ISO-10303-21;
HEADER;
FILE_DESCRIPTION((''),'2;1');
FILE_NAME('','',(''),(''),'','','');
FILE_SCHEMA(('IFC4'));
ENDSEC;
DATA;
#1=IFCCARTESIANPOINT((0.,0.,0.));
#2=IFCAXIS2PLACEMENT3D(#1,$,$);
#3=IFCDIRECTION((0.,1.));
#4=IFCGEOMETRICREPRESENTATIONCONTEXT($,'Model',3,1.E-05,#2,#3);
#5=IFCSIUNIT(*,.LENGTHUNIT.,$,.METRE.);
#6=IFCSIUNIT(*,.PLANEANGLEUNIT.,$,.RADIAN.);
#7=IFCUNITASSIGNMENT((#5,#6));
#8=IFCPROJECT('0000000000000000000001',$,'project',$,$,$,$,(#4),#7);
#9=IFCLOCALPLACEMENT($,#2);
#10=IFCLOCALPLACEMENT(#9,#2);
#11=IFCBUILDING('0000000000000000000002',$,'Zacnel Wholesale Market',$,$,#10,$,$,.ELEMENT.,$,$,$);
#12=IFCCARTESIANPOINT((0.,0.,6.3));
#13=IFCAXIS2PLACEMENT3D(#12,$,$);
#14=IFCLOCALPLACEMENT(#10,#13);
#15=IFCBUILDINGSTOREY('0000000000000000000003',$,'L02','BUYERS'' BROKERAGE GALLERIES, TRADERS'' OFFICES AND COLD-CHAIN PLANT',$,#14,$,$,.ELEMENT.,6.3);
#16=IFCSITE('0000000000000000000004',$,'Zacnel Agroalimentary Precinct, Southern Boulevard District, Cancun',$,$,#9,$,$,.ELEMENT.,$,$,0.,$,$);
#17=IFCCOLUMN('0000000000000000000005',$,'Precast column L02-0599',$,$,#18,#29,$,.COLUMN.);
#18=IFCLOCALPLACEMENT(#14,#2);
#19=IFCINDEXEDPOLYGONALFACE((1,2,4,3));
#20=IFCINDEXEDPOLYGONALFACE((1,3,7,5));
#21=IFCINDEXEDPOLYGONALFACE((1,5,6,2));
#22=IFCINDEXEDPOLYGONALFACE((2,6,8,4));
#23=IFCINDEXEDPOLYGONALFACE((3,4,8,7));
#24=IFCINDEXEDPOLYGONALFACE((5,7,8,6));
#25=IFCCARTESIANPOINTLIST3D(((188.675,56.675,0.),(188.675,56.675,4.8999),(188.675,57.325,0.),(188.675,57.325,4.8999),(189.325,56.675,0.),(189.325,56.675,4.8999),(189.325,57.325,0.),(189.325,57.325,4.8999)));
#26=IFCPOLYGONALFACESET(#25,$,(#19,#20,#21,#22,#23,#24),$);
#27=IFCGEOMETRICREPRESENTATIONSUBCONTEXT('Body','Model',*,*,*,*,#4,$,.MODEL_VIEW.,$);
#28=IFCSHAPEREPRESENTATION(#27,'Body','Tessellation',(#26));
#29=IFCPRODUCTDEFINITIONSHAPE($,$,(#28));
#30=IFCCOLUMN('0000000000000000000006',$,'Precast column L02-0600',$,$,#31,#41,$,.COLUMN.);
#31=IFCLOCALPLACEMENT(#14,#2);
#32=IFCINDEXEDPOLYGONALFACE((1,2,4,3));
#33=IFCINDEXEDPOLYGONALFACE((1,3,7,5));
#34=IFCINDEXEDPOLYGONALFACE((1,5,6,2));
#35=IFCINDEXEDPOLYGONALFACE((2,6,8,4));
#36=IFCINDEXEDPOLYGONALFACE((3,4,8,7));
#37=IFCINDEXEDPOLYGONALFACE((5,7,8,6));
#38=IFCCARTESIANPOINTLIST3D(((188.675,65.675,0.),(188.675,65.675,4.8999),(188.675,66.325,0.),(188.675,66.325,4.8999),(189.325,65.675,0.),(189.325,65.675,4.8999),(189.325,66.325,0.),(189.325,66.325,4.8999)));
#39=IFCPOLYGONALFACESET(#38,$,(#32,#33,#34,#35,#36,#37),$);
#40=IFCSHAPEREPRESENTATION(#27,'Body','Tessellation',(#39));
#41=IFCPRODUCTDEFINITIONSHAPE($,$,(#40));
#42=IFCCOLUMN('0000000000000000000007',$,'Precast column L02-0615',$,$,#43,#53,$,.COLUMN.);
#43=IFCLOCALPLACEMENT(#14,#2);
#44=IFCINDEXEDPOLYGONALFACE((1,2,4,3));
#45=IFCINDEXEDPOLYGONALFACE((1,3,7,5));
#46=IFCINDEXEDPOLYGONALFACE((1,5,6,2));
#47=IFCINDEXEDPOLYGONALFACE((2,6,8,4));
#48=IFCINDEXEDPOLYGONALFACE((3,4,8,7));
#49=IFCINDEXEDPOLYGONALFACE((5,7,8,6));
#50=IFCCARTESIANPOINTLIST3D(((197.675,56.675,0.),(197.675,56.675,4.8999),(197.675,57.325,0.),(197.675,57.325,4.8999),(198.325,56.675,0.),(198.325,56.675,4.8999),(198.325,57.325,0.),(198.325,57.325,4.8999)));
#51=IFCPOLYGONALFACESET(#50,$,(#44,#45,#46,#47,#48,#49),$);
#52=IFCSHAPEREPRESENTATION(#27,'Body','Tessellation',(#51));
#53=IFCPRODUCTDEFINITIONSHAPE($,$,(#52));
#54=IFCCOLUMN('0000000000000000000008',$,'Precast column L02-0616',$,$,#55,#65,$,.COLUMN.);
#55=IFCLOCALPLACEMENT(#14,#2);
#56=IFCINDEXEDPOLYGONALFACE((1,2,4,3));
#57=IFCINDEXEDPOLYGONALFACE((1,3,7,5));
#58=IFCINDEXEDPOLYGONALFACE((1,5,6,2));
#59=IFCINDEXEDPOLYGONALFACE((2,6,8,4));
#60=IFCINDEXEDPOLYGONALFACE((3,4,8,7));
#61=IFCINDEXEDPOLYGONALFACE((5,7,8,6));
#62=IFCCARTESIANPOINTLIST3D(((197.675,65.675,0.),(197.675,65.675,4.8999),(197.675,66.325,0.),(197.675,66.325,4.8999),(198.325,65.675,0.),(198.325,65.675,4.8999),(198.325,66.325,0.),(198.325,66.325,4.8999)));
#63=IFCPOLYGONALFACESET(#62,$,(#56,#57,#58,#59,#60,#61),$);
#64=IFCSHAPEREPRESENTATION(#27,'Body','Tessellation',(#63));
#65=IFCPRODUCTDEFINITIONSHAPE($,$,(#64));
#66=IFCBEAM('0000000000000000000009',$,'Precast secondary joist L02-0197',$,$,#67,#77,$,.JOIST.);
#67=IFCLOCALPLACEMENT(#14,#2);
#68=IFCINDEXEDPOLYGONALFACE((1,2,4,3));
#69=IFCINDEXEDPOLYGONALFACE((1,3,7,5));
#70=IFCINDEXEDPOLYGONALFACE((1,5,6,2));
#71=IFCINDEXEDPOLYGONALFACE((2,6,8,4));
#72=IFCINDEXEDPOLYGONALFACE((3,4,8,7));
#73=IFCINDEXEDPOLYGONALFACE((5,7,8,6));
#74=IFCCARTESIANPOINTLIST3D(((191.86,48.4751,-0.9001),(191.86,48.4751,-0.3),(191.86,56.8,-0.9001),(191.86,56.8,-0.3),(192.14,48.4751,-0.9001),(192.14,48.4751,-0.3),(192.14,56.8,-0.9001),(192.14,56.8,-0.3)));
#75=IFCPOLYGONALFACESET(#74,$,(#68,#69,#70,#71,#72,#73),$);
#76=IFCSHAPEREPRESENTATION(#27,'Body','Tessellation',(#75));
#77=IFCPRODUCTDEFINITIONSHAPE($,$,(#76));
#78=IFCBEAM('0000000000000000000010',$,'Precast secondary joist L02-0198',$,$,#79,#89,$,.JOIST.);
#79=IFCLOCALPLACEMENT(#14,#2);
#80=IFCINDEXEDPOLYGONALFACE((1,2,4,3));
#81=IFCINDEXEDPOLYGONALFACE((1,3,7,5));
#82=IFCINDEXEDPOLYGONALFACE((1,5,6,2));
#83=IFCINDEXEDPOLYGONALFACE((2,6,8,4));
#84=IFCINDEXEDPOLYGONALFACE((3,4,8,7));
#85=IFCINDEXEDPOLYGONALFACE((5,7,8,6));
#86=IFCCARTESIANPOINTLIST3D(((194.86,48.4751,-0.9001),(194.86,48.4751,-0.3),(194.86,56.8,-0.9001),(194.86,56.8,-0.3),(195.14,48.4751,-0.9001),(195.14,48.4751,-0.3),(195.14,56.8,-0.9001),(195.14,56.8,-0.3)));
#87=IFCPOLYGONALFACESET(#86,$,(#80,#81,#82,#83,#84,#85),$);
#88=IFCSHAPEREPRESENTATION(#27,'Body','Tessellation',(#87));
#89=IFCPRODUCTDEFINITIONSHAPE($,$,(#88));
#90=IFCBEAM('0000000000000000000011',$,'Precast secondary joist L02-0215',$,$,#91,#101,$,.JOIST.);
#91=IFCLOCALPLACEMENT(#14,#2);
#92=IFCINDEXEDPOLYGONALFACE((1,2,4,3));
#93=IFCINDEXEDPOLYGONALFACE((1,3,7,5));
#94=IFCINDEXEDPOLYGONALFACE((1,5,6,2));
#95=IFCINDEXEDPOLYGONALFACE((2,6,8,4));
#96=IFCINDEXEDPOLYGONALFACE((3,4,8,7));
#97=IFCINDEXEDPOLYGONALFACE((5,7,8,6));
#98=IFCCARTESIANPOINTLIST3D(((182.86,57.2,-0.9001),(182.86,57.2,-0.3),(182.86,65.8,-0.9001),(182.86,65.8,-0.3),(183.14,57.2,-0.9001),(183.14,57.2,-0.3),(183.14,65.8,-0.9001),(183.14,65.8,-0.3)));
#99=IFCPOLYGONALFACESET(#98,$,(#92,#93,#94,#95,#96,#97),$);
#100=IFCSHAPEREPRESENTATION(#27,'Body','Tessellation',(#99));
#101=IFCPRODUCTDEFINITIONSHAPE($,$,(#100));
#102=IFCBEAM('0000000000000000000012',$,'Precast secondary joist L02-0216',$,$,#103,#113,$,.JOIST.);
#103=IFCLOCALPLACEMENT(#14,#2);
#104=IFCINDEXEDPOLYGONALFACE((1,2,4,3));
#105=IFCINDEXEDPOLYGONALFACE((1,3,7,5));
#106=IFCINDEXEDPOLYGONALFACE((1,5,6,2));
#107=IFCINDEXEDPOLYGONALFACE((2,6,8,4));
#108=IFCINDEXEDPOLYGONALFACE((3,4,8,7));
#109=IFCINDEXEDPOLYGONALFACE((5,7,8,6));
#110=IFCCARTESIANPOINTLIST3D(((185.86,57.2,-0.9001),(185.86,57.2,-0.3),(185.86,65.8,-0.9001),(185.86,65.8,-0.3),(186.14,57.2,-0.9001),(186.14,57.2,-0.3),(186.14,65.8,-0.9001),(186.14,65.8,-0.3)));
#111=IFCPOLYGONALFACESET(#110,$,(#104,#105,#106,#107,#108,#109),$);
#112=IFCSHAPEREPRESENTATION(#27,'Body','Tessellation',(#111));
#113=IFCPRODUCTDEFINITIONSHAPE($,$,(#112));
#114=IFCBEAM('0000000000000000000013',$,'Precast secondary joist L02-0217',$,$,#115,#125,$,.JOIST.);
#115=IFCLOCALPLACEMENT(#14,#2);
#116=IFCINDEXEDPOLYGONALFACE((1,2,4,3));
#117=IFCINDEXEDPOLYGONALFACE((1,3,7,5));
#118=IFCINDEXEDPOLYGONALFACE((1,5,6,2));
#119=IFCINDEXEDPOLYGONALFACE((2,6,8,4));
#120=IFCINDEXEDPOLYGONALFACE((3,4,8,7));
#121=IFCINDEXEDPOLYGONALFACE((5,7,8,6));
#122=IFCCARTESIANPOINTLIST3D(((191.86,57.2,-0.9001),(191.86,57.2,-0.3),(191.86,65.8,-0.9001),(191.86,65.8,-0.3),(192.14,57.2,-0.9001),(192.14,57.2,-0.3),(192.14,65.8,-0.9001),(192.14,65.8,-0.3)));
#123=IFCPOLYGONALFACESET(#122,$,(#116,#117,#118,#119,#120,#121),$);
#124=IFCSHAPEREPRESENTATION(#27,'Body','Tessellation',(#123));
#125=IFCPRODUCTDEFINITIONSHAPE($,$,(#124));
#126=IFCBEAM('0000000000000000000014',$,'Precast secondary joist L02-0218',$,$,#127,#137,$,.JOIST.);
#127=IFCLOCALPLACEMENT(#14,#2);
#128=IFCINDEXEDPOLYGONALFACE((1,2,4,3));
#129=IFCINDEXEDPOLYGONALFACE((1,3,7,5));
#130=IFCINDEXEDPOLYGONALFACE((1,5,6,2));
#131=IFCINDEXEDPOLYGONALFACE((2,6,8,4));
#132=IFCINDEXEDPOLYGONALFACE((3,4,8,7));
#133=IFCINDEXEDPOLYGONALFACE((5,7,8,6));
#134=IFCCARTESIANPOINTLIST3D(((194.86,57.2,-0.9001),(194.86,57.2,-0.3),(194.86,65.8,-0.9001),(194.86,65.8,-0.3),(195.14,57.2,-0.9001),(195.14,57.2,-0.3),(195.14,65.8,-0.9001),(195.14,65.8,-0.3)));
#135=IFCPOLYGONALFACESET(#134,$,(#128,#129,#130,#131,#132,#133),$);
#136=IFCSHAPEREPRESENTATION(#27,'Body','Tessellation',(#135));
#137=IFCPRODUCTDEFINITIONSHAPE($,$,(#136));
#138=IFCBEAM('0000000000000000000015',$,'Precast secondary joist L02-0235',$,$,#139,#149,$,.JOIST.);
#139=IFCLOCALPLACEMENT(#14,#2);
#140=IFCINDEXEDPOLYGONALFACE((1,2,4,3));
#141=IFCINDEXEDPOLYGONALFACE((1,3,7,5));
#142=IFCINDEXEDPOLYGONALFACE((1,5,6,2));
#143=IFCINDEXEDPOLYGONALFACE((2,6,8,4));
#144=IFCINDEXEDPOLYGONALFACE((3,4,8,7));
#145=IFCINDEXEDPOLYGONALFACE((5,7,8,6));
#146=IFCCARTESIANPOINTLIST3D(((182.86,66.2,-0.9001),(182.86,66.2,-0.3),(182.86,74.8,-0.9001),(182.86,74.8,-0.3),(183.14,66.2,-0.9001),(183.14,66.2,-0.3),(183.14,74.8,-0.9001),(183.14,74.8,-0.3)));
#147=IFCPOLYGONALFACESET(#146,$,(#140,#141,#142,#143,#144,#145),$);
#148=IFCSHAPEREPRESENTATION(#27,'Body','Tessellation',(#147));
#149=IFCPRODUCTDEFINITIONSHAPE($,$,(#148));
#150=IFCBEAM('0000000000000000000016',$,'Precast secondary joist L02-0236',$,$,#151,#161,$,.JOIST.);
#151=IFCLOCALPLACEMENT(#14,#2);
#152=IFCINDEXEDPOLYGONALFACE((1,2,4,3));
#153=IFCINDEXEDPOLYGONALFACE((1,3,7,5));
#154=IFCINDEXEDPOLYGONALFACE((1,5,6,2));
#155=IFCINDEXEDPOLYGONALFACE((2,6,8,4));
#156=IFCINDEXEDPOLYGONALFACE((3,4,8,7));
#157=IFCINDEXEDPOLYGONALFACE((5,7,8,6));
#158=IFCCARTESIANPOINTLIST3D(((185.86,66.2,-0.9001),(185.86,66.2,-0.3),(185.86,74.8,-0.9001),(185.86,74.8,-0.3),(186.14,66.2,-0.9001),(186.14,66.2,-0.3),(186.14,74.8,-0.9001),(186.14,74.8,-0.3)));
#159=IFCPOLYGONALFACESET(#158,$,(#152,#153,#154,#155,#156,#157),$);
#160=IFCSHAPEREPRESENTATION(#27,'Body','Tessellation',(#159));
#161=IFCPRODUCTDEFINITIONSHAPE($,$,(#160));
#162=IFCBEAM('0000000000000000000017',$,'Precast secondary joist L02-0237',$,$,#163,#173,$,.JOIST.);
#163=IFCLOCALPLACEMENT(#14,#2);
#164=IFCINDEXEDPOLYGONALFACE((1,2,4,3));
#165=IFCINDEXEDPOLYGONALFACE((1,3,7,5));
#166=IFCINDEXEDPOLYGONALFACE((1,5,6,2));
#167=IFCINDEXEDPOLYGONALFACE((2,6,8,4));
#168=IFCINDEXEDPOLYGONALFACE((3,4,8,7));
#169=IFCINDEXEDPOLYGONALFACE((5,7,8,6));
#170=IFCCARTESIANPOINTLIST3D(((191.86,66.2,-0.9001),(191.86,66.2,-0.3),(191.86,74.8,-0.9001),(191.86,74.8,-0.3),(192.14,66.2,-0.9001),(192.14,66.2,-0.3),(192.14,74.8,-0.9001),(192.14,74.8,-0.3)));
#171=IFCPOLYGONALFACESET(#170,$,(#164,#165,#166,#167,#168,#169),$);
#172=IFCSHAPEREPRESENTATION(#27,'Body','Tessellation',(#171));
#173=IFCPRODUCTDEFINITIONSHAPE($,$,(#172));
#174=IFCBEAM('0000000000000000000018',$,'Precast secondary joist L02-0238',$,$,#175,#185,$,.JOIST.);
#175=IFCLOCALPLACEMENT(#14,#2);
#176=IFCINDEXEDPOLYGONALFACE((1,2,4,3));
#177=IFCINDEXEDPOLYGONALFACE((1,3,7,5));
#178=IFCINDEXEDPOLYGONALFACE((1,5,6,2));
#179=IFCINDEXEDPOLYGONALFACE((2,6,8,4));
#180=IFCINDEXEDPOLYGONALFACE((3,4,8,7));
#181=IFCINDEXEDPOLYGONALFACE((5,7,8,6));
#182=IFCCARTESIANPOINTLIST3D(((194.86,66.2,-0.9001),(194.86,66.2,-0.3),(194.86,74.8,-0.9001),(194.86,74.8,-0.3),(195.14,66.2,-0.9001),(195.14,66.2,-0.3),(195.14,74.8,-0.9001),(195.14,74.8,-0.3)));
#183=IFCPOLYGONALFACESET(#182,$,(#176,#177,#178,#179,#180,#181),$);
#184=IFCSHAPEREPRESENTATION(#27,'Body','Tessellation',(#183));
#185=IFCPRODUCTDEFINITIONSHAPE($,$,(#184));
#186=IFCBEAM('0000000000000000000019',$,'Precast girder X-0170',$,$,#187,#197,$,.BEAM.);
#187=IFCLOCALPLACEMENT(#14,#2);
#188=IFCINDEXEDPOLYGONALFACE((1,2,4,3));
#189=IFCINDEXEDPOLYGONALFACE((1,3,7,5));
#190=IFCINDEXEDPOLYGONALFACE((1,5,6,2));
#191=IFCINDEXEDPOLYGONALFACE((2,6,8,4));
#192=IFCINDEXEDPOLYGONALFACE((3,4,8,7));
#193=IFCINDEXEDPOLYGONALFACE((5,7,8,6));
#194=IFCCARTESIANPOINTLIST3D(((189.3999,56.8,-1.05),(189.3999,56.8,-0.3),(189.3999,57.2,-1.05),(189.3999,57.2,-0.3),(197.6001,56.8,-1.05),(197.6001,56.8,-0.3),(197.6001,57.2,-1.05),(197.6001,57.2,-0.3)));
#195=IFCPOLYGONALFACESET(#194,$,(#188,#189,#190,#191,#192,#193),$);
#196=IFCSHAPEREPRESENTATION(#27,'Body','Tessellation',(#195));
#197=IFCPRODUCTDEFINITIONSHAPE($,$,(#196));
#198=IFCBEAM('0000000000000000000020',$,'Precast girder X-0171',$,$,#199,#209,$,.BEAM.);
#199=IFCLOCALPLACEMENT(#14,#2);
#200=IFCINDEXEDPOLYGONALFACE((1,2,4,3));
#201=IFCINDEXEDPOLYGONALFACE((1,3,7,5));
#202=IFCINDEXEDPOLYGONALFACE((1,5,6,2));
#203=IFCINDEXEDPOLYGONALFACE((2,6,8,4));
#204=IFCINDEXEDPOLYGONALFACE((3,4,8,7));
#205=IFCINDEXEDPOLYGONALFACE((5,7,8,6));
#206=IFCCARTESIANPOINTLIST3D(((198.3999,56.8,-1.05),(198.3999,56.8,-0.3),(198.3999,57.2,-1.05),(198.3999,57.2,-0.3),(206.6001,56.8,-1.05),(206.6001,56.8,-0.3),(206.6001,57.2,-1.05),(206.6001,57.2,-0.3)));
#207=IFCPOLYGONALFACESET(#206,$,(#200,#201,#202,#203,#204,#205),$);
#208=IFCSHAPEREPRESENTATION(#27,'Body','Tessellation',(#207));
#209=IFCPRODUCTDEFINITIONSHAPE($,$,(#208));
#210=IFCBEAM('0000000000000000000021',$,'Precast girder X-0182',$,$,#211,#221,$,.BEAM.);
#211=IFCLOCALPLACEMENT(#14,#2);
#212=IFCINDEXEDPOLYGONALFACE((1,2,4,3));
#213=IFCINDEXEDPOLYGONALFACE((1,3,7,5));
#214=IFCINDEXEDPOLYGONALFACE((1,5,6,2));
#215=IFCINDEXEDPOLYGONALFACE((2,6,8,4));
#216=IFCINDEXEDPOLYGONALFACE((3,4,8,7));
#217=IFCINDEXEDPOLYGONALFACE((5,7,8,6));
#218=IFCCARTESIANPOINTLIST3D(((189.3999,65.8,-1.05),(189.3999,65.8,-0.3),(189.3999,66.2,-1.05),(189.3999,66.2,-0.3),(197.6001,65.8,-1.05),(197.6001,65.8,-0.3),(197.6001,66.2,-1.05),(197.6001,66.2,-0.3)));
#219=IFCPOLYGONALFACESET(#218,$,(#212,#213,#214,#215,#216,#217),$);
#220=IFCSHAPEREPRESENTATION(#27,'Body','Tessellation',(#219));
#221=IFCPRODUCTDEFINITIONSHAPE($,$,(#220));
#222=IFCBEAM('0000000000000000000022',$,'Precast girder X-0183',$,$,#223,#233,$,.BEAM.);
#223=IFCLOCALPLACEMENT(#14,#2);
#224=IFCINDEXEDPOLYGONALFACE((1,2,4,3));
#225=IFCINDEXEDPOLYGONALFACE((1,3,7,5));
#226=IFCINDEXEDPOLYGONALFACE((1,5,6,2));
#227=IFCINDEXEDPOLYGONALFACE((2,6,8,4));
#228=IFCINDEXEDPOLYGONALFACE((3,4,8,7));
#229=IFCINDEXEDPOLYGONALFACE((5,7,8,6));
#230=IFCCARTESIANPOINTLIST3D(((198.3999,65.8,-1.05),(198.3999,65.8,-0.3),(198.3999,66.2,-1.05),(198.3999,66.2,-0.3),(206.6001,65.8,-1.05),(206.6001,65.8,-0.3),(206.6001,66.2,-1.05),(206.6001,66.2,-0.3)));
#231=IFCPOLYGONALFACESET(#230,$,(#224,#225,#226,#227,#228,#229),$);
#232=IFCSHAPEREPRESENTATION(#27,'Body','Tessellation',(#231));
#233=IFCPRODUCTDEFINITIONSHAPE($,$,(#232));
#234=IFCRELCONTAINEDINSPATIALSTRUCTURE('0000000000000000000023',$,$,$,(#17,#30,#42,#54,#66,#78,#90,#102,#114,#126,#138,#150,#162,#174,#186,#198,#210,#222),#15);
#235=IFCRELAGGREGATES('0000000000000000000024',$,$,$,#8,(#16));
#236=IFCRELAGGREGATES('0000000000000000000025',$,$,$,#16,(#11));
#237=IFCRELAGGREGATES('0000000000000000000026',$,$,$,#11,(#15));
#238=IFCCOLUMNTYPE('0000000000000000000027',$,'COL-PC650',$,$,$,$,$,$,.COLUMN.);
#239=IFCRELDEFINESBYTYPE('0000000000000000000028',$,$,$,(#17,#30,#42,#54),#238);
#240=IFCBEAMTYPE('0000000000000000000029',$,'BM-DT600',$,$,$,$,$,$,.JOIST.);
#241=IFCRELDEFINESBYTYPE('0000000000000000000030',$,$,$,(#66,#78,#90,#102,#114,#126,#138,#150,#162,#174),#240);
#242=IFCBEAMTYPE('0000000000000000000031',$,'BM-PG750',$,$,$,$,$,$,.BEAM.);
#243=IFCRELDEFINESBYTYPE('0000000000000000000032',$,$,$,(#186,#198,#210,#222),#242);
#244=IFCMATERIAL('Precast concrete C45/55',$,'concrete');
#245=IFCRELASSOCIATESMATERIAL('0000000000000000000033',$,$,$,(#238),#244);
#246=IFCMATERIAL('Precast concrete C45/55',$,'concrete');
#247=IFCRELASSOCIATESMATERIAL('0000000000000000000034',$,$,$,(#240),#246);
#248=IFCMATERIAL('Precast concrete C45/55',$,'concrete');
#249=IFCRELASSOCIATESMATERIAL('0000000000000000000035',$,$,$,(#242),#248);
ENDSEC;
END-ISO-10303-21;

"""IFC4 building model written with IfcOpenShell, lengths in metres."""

from ifc_helpers import new_model, si_unit, direction, frame, origin, origin_2d, place, context, subcontext, project, spatial, rectangle, extrude, material, material_profile, profile_set, type_object, element, save


model = new_model("IFC4")

# Units and contexts
model_context = context("Model", 3, precision=1e-05, world=origin(), true_north=direction((0.0, 1.0)))
body_context = subcontext(model_context, "Body", "Model", "MODEL_VIEW")
ifc_project = project(units=[si_unit("LENGTHUNIT", "METRE"), si_unit("PLANEANGLEUNIT", "RADIAN")], contexts=[model_context])

# Site, building, storey
site_placement = place(None, origin())
site = spatial("IfcSite", under=ifc_project, at=site_placement, Name="Zacnel Agroalimentary Precinct, Southern Boulevard District, Cancun", CompositionType="ELEMENT", RefElevation=0.0)
building_placement = place(site_placement, origin())
building = spatial("IfcBuilding", under=site, at=building_placement, Name="Zacnel Wholesale Market", CompositionType="ELEMENT")
storey_placement = place(building_placement, frame((0.0, 0.0, 6.3)))
storey = spatial("IfcBuildingStorey", under=building, at=storey_placement, Name="L02", Description="BUYERS' BROKERAGE GALLERIES, TRADERS' OFFICES AND COLD-CHAIN PLANT", CompositionType="ELEMENT", Elevation=6.3)

# Columns
ifc_material_1 = material(Name="Precast concrete C45/55", Category="concrete")
ifc_material_profile_1 = material_profile(ifc_material_1, rectangle(XDim=0.6499, YDim=0.6499, at=origin_2d()), Name="PC 650x650")
ifc_profile_set_1 = profile_set([ifc_material_profile_1], Name="Precast concrete C45/55")
column_type = type_object("IfcColumnType", Name="COL-PC650", PredefinedType="COLUMN", material=ifc_profile_set_1)
for number, where, z_axis, x_axis, name in (
    (1, (189.0, 57.0, 0.0), (0.0, 0.0, 1.0), (1.0, 0.0, 0.0), "Precast column L02-0599"),
    (2, (189.0, 66.0, 0.0), (0.0, 0.0, 1.0), (1.0, 0.0, 0.0), "Precast column L02-0600"),
    (3, (198.0, 57.0, 0.0), (0.0, 0.0, 1.0), (1.0, 0.0, 0.0), "Precast column L02-0615"),
    (4, (198.0, 66.0, 0.0), (0.0, 0.0, 1.0), (1.0, 0.0, 0.0), "Precast column L02-0616"),
):
    element("IfcColumn", number, at=place(storey_placement, frame(where, z_axis=z_axis, x_axis=x_axis)), inside=storey, type_object=column_type, Name=name, PredefinedType="COLUMN", context=body_context, shape_type="SweptSolid", body=[
        extrude(rectangle(XDim=0.6499, YDim=0.6499, at=origin_2d()), origin(), (0.0, 0.0, 1.0), 4.8999),
    ])

# Beams
ifc_material_2 = material(Name="Precast concrete C45/55", Category="concrete")
ifc_material_profile_2 = material_profile(ifc_material_2, rectangle(XDim=0.28, YDim=0.6001, at=origin_2d()), Name="DT RIB 280x600")
ifc_profile_set_2 = profile_set([ifc_material_profile_2], Name="Precast concrete C45/55")
beam_type_1 = type_object("IfcBeamType", Name="BM-DT600", PredefinedType="JOIST", material=ifc_profile_set_2)
for number, where, z_axis, x_axis, name in (
    (5, (192.0, 48.4751, -0.6001), (0.0, 1.0, 0.0), (-1.0, 0.0, 0.0), "Precast secondary joist L02-0197"),
    (6, (195.0, 48.4751, -0.6001), (0.0, 1.0, 0.0), (-1.0, 0.0, 0.0), "Precast secondary joist L02-0198"),
):
    element("IfcBeam", number, at=place(storey_placement, frame(where, z_axis=z_axis, x_axis=x_axis)), inside=storey, type_object=beam_type_1, Name=name, PredefinedType="JOIST", context=body_context, shape_type="SweptSolid", body=[
        extrude(rectangle(XDim=0.28, YDim=0.6001, at=origin_2d()), origin(), (0.0, 0.0, 1.0), 8.325),
    ])
for number, where, z_axis, x_axis, name in (
    (7, (183.0, 57.2, -0.6001), (0.0, 1.0, 0.0), (-1.0, 0.0, 0.0), "Precast secondary joist L02-0215"),
    (8, (186.0, 57.2, -0.6001), (0.0, 1.0, 0.0), (-1.0, 0.0, 0.0), "Precast secondary joist L02-0216"),
    (9, (192.0, 57.2, -0.6001), (0.0, 1.0, 0.0), (-1.0, 0.0, 0.0), "Precast secondary joist L02-0217"),
    (10, (195.0, 57.2, -0.6001), (0.0, 1.0, 0.0), (-1.0, 0.0, 0.0), "Precast secondary joist L02-0218"),
    (11, (183.0, 66.2, -0.6001), (0.0, 1.0, 0.0), (-1.0, 0.0, 0.0), "Precast secondary joist L02-0235"),
    (12, (186.0, 66.2, -0.6001), (0.0, 1.0, 0.0), (-1.0, 0.0, 0.0), "Precast secondary joist L02-0236"),
    (13, (192.0, 66.2, -0.6001), (0.0, 1.0, 0.0), (-1.0, 0.0, 0.0), "Precast secondary joist L02-0237"),
    (14, (195.0, 66.2, -0.6001), (0.0, 1.0, 0.0), (-1.0, 0.0, 0.0), "Precast secondary joist L02-0238"),
):
    element("IfcBeam", number, at=place(storey_placement, frame(where, z_axis=z_axis, x_axis=x_axis)), inside=storey, type_object=beam_type_1, Name=name, PredefinedType="JOIST", context=body_context, shape_type="SweptSolid", body=[
        extrude(rectangle(XDim=0.28, YDim=0.6001, at=origin_2d()), origin(), (0.0, 0.0, 1.0), 8.6001),
    ])
ifc_material_3 = material(Name="Precast concrete C45/55", Category="concrete")
ifc_material_profile_3 = material_profile(ifc_material_3, rectangle(XDim=0.3999, YDim=0.75, at=origin_2d()), Name="PG 400x750")
ifc_profile_set_3 = profile_set([ifc_material_profile_3], Name="Precast concrete C45/55")
beam_type_2 = type_object("IfcBeamType", Name="BM-PG750", PredefinedType="BEAM", material=ifc_profile_set_3)
for number, where, z_axis, x_axis, name in (
    (15, (189.3999, 57.0, -0.675), (1.0, 0.0, 0.0), (0.0, 1.0, 0.0), "Precast girder X-0170"),
    (16, (198.3999, 57.0, -0.675), (1.0, 0.0, 0.0), (0.0, 1.0, 0.0), "Precast girder X-0171"),
    (17, (189.3999, 66.0, -0.675), (1.0, 0.0, 0.0), (0.0, 1.0, 0.0), "Precast girder X-0182"),
    (18, (198.3999, 66.0, -0.675), (1.0, 0.0, 0.0), (0.0, 1.0, 0.0), "Precast girder X-0183"),
):
    element("IfcBeam", number, at=place(storey_placement, frame(where, z_axis=z_axis, x_axis=x_axis)), inside=storey, type_object=beam_type_2, Name=name, PredefinedType="BEAM", context=body_context, shape_type="SweptSolid", body=[
        extrude(rectangle(XDim=0.3999, YDim=0.75, at=origin_2d()), origin(), (0.0, 0.0, 1.0), 8.2002),
    ])

save(model, "model.ifc")
